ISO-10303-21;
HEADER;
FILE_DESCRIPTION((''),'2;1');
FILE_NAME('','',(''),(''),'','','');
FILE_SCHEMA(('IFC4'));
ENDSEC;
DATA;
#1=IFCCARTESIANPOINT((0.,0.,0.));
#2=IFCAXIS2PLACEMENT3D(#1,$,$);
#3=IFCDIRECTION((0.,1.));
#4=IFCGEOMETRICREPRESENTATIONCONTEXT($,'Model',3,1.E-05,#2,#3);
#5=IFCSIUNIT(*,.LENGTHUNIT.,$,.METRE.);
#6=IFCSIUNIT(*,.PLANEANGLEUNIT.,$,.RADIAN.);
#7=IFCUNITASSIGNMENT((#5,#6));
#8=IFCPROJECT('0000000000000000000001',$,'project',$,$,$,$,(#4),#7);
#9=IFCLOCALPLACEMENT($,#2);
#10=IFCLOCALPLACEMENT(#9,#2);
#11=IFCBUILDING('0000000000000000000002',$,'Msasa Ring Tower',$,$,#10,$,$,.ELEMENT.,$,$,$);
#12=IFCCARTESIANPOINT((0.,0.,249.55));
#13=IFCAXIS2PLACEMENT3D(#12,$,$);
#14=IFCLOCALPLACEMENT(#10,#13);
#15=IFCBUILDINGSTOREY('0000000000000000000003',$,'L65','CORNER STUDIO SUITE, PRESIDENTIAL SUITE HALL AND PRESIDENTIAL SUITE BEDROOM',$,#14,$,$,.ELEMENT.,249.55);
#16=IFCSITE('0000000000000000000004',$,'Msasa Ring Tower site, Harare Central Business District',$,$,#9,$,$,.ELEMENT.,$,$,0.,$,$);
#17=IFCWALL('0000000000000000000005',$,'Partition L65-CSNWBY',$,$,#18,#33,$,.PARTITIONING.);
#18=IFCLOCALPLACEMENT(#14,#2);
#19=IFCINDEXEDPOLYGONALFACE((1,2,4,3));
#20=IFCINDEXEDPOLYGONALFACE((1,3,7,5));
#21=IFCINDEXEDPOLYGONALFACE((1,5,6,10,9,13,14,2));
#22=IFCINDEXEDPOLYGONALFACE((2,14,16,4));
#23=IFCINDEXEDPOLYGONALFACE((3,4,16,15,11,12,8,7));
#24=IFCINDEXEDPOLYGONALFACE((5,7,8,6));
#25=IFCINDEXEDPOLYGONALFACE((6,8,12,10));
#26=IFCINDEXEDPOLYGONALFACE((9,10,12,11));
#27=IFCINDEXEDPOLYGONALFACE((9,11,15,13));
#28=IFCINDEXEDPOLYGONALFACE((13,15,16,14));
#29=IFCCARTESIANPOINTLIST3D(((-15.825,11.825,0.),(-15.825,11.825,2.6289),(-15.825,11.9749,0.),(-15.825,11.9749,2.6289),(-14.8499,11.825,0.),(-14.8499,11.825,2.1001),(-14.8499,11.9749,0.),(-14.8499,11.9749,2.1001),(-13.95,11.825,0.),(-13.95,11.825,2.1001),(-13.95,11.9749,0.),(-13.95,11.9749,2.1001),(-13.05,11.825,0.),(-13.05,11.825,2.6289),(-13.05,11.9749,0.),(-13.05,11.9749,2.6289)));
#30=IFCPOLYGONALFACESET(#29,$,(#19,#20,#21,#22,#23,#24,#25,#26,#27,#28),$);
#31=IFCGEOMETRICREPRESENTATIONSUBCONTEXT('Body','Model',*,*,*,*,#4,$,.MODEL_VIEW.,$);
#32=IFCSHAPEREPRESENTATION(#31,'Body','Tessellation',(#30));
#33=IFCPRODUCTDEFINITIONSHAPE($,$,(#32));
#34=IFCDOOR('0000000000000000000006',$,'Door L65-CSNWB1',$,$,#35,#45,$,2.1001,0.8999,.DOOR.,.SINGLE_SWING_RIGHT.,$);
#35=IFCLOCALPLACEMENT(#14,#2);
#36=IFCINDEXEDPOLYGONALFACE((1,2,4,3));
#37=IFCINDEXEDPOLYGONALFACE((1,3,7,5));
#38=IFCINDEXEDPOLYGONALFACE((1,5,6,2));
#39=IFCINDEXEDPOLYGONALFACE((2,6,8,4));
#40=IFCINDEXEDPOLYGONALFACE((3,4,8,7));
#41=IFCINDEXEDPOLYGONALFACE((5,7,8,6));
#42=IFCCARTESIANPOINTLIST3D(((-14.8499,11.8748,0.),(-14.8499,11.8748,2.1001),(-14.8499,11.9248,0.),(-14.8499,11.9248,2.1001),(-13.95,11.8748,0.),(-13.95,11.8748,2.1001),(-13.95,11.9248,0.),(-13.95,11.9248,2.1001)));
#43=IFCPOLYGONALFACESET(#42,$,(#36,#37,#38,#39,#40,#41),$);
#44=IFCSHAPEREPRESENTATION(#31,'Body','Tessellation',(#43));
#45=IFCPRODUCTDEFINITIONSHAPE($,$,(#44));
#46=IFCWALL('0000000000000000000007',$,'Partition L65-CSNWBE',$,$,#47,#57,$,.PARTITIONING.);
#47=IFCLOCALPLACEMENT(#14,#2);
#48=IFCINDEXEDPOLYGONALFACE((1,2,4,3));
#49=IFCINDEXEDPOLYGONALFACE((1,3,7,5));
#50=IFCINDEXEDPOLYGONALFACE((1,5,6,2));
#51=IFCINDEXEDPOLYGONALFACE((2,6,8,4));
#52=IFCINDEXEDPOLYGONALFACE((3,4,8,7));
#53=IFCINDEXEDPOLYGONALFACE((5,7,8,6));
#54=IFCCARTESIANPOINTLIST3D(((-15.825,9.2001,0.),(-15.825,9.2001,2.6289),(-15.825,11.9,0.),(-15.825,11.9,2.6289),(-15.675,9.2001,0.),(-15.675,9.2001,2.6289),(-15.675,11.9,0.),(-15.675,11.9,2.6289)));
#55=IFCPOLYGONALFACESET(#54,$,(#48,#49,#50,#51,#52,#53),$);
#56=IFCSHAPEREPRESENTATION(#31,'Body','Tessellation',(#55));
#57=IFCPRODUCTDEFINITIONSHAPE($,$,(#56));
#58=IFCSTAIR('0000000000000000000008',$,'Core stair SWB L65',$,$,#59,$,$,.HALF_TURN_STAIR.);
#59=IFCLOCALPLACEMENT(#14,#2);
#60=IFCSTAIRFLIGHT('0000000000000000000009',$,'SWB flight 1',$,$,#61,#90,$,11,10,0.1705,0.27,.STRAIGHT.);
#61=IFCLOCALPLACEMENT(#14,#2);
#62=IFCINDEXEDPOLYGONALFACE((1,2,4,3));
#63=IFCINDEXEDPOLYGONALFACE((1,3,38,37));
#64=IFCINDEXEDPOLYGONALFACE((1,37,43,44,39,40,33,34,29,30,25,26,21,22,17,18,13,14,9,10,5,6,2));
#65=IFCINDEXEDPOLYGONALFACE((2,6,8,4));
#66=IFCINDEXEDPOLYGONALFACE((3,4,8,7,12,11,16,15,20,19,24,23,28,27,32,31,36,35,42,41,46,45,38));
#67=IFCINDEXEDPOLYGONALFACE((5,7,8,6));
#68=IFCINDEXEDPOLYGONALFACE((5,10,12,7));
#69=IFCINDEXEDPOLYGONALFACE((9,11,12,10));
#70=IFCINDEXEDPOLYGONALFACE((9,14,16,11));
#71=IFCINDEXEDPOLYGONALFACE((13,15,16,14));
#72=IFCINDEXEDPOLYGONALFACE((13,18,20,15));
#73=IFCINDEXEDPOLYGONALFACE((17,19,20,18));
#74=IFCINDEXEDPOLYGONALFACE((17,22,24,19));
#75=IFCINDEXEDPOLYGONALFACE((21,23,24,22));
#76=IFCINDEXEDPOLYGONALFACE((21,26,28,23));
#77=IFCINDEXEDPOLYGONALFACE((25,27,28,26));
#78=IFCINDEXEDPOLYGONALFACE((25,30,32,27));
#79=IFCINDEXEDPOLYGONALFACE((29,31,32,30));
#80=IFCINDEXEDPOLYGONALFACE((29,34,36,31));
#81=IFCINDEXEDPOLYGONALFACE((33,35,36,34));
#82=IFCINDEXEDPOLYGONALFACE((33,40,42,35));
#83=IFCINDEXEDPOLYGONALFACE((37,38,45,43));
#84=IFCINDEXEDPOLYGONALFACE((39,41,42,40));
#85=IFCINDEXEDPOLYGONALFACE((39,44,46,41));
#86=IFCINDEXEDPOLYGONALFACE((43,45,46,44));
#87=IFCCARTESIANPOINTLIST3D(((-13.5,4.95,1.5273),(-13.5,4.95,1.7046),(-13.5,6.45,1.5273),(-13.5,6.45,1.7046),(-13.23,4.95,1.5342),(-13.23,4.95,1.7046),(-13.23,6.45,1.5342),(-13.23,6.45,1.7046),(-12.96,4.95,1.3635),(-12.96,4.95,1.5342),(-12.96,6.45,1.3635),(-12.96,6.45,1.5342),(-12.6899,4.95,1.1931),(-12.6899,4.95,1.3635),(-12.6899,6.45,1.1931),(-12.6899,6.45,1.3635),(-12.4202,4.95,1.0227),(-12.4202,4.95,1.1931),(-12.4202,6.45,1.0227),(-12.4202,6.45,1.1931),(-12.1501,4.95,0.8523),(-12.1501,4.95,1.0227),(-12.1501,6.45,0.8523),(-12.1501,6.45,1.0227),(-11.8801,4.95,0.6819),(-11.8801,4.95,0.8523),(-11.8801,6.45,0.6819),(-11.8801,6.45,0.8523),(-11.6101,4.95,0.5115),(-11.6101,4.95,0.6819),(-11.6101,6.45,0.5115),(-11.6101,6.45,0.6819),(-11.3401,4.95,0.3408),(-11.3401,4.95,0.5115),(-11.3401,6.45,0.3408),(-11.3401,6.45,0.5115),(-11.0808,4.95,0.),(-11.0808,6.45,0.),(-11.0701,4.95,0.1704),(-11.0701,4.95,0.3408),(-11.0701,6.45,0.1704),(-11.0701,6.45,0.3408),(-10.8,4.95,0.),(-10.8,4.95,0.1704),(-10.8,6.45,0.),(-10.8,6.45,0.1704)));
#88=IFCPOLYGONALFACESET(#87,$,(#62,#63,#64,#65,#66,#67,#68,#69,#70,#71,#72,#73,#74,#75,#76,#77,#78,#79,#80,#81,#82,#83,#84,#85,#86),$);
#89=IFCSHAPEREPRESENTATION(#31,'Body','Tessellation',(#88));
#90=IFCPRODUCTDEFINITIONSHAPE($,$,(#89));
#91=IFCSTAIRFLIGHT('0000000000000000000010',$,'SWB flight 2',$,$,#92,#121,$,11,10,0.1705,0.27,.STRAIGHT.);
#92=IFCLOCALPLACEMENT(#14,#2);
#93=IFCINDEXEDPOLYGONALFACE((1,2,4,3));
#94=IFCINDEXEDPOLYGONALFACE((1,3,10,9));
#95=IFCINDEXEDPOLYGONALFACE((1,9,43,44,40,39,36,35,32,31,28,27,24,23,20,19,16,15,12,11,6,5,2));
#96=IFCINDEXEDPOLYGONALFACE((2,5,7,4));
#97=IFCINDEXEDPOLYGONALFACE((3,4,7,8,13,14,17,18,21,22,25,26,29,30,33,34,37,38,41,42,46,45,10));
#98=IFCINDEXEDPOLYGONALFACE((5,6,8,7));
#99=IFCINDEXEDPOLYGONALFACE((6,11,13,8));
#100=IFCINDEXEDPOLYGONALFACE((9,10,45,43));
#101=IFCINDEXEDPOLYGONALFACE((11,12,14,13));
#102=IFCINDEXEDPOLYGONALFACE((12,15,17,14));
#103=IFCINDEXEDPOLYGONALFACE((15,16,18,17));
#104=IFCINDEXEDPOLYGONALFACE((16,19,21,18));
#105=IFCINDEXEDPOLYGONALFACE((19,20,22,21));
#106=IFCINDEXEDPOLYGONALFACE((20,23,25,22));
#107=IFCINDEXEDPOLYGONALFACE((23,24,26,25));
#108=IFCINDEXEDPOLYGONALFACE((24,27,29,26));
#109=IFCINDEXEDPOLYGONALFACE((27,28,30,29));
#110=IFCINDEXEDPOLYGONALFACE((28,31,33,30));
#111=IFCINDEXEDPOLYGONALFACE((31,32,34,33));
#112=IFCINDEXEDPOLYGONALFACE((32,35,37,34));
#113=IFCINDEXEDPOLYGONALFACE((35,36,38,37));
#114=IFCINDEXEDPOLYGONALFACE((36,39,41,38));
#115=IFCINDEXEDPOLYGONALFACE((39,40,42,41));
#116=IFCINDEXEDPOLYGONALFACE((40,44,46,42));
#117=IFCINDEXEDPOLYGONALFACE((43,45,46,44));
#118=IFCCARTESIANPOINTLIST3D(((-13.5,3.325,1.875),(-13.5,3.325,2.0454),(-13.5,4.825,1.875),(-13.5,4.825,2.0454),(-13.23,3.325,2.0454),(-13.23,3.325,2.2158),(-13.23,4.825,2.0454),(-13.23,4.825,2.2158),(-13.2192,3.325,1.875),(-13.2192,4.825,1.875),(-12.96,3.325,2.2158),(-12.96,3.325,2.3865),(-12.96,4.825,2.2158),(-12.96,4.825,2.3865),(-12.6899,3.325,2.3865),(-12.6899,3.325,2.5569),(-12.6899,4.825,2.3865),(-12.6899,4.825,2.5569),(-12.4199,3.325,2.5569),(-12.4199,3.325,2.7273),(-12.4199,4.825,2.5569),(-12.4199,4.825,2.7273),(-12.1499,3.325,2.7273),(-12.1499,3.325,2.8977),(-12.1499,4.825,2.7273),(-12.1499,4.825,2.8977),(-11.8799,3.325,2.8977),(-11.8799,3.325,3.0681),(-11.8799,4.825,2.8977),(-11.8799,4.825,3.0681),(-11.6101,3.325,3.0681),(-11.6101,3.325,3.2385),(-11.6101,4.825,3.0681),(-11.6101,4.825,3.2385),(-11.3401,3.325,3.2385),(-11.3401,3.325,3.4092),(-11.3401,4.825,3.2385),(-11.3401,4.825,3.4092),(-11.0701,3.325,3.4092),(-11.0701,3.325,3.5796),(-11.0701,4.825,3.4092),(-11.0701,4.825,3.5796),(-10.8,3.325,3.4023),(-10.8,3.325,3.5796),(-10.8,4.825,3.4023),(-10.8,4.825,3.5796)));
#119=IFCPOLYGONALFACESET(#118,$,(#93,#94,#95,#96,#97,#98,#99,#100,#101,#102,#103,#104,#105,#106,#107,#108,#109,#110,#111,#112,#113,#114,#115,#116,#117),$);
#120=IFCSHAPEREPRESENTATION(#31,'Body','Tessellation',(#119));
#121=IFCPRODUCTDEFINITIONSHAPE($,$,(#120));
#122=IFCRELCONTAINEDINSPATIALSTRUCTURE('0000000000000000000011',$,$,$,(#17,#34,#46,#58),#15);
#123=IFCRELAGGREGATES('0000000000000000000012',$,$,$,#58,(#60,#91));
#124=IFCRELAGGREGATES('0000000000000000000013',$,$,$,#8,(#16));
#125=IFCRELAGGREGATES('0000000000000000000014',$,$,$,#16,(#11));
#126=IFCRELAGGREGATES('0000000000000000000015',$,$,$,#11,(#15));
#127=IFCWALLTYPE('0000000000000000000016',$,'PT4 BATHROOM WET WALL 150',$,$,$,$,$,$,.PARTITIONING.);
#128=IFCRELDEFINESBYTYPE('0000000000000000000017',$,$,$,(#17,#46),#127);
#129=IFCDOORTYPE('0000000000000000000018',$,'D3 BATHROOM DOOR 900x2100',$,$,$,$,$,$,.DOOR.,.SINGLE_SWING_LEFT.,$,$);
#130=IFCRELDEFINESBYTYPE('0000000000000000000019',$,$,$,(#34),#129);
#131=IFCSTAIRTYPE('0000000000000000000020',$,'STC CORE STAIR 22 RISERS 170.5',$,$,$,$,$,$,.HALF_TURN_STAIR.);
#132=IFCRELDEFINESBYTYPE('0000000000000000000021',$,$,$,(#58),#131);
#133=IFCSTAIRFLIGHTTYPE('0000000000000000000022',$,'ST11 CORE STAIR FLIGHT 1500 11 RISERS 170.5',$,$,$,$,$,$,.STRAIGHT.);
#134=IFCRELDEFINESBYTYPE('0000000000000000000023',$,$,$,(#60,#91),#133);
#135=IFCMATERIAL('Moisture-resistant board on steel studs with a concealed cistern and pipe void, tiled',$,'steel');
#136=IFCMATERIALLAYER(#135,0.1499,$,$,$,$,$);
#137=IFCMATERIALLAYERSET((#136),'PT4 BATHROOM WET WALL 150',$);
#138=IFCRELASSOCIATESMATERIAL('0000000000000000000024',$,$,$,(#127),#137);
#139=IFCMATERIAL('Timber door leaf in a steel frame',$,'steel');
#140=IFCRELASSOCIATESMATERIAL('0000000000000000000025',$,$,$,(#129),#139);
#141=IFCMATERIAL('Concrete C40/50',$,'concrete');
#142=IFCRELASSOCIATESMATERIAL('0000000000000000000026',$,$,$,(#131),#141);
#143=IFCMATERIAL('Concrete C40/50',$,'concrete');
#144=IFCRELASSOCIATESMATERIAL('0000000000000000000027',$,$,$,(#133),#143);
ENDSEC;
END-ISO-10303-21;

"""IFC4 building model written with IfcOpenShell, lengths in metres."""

from ifc_helpers import new_model, si_unit, direction, frame, frame_2d, origin, place, context, subcontext, project, spatial, polyline, rectangle, outline, extrude, material, layer, layer_set, type_object, element, fill, aggregate, save


model = new_model("IFC4")

# Units and contexts
model_context = context("Model", 3, precision=1e-05, world=origin(), true_north=direction((0.0, 1.0)))
body_context = subcontext(model_context, "Body", "Model", "MODEL_VIEW")
ifc_project = project(units=[si_unit("LENGTHUNIT", "METRE"), si_unit("PLANEANGLEUNIT", "RADIAN")], contexts=[model_context])

# Site, building, storey
site_placement = place(None, origin())
site = spatial("IfcSite", under=ifc_project, at=site_placement, Name="Msasa Ring Tower site, Harare Central Business District", CompositionType="ELEMENT", RefElevation=0.0)
building_placement = place(site_placement, origin())
building = spatial("IfcBuilding", under=site, at=building_placement, Name="Msasa Ring Tower", CompositionType="ELEMENT")
storey_placement = place(building_placement, frame((0.0, 0.0, 249.55)))
storey = spatial("IfcBuildingStorey", under=building, at=storey_placement, Name="L65", Description="CORNER STUDIO SUITE, PRESIDENTIAL SUITE HALL AND PRESIDENTIAL SUITE BEDROOM", CompositionType="ELEMENT", Elevation=249.55)

# Shared definitions
ifc_material_1 = material(Name="Moisture-resistant board on steel studs with a concealed cistern and pipe void, tiled", Category="steel")
ifc_layer_1 = layer(ifc_material_1, 0.1499)
ifc_layer_set_1 = layer_set([ifc_layer_1], Name="PT4 BATHROOM WET WALL 150")
wall_type_1 = type_object("IfcWallType", Name="PT4 BATHROOM WET WALL 150", PredefinedType="PARTITIONING", material=ifc_layer_set_1)

# Wall, opening, door
wall_1_placement = place(storey_placement, frame((-15.825, 11.8999, 0.0), z_axis=(0.0, 0.0, 1.0), x_axis=(1.0, 0.0, 0.0)))
wall_1 = element("IfcWall", 1, at=wall_1_placement, inside=storey, type_object=wall_type_1, Name="Partition L65-CSNWBY", PredefinedType="PARTITIONING", context=body_context, shape_type="SweptSolid", body=[
    extrude(rectangle(XDim=2.7749, YDim=0.1499, at=frame_2d((1.3875, 0.0))), origin(), (0.0, 0.0, 1.0), 2.6289),
])
opening_1_placement = place(wall_1_placement, frame((0.9751, 0.0, 0.0)))
opening_1 = element("IfcOpeningElement", 2, at=opening_1_placement, cuts=wall_1, PredefinedType="OPENING", context=body_context, shape_type="SweptSolid", body=[
    extrude(rectangle(XDim=0.8999, YDim=2.1001, at=frame_2d((0.45, 1.05))), frame((0.0, 0.085, 0.0), z_axis=(0.0, -1.0, 0.0), x_axis=(1.0, 0.0, 0.0)), (0.0, 0.0, 1.0), 0.1699),
])
ifc_material_2 = material(Name="Timber door leaf in a steel frame", Category="steel")
door_type_1 = type_object("IfcDoorType", Name="D3 BATHROOM DOOR 900x2100", OperationType="SINGLE_SWING_LEFT", PredefinedType="DOOR", material=ifc_material_2)
door_1_placement = place(opening_1_placement, origin())
door_1 = element("IfcDoor", 3, at=door_1_placement, inside=storey, type_object=door_type_1, Name="Door L65-CSNWB1", OperationType="SINGLE_SWING_RIGHT", OverallHeight=2.1001, OverallWidth=0.8999, PredefinedType="DOOR", context=body_context, shape_type="SweptSolid", body=[
    extrude(rectangle(XDim=0.8999, YDim=2.1001, at=frame_2d((0.45, 1.05))), frame((0.0, 0.0249, 0.0), z_axis=(0.0, -1.0, 0.0), x_axis=(1.0, 0.0, 0.0)), (0.0, 0.0, 1.0), 0.05),
])
fill(opening_1, door_1)

# Wall
wall_2_placement = place(storey_placement, frame((-15.75, 9.2, 0.0), z_axis=(0.0, 0.0, 1.0), x_axis=(0.0, 1.0, 0.0)))
element("IfcWall", 4, at=wall_2_placement, inside=storey, type_object=wall_type_1, Name="Partition L65-CSNWBE", PredefinedType="PARTITIONING", context=body_context, shape_type="SweptSolid", body=[
    extrude(rectangle(XDim=2.7, YDim=0.1499, at=frame_2d((1.3501, 0.0))), origin(), (0.0, 0.0, 1.0), 2.6289),
])

# Stair, stair flights
ifc_material_3 = material(Name="Concrete C40/50", Category="concrete")
stair_type = type_object("IfcStairType", Name="STC CORE STAIR 22 RISERS 170.5", PredefinedType="HALF_TURN_STAIR", material=ifc_material_3)
stair_placement = place(storey_placement, origin())
stair = element("IfcStair", 5, at=stair_placement, inside=storey, type_object=stair_type, Name="Core stair SWB L65", PredefinedType="HALF_TURN_STAIR")
ifc_material_4 = material(Name="Concrete C40/50", Category="concrete")
stair_flight_type = type_object("IfcStairFlightType", Name="ST11 CORE STAIR FLIGHT 1500 11 RISERS 170.5", PredefinedType="STRAIGHT", material=ifc_material_4)
stair_flight_1_placement = place(storey_placement, frame((-10.8, 5.7, 0.0), z_axis=(0.0, 0.0, 1.0), x_axis=(-1.0, 0.0, 0.0)))
stair_flight_1 = element("IfcStairFlight", 6, at=stair_flight_1_placement, type_object=stair_flight_type, Name="SWB flight 1", NumberOfRisers=11, NumberOfTreads=10, PredefinedType="STRAIGHT", RiserHeight=0.1705, TreadLength=0.27, context=body_context, shape_type="SweptSolid", body=[
    extrude(outline(polyline([(0.0, 0.0), (0.0, 0.1704), (0.27, 0.1704), (0.27, 0.3408), (0.54, 0.3408), (0.54, 0.5115), (0.8101, 0.5115), (0.8101, 0.6819), (1.0801, 0.6819), (1.0801, 0.8523), (1.3501, 0.8523), (1.3501, 1.0227), (1.6201, 1.0227), (1.6201, 1.1931), (1.8899, 1.1931), (1.8899, 1.3635), (2.1599, 1.3635), (2.1599, 1.5342), (2.4299, 1.5342), (2.4299, 1.7046), (2.7, 1.7046), (2.7, 1.875), (2.7, 1.5273), (0.2808, 0.0), (0.0, 0.0)])), frame((0.0, 0.75, 0.0), z_axis=(0.0, -1.0, 0.0), x_axis=(1.0, 0.0, 0.0)), (0.0, 0.0, 1.0), 1.5),
])
stair_flight_2_placement = place(storey_placement, frame((-13.5, 4.075, 1.875), z_axis=(0.0, 0.0, 1.0), x_axis=(1.0, 0.0, 0.0)))
stair_flight_2 = element("IfcStairFlight", 7, at=stair_flight_2_placement, type_object=stair_flight_type, Name="SWB flight 2", NumberOfRisers=11, NumberOfTreads=10, PredefinedType="STRAIGHT", RiserHeight=0.1705, TreadLength=0.27, context=body_context, shape_type="SweptSolid", body=[
    extrude(outline(polyline([(0.0, 0.0), (0.0, 0.1704), (0.27, 0.1704), (0.27, 0.3408), (0.54, 0.3408), (0.54, 0.5115), (0.8101, 0.5115), (0.8101, 0.6819), (1.0801, 0.6819), (1.0801, 0.8523), (1.3501, 0.8523), (1.3501, 1.0227), (1.6201, 1.0227), (1.6201, 1.1931), (1.8899, 1.1931), (1.8899, 1.3635), (2.1599, 1.3635), (2.1599, 1.5342), (2.4299, 1.5342), (2.4299, 1.7046), (2.7, 1.7046), (2.7, 1.875), (2.7, 1.5273), (0.2808, 0.0), (0.0, 0.0)])), frame((0.0, 0.75, 0.0), z_axis=(0.0, -1.0, 0.0), x_axis=(1.0, 0.0, 0.0)), (0.0, 0.0, 1.0), 1.5),
])
aggregate(stair, [stair_flight_1, stair_flight_2])

save(model, "model.ifc")
